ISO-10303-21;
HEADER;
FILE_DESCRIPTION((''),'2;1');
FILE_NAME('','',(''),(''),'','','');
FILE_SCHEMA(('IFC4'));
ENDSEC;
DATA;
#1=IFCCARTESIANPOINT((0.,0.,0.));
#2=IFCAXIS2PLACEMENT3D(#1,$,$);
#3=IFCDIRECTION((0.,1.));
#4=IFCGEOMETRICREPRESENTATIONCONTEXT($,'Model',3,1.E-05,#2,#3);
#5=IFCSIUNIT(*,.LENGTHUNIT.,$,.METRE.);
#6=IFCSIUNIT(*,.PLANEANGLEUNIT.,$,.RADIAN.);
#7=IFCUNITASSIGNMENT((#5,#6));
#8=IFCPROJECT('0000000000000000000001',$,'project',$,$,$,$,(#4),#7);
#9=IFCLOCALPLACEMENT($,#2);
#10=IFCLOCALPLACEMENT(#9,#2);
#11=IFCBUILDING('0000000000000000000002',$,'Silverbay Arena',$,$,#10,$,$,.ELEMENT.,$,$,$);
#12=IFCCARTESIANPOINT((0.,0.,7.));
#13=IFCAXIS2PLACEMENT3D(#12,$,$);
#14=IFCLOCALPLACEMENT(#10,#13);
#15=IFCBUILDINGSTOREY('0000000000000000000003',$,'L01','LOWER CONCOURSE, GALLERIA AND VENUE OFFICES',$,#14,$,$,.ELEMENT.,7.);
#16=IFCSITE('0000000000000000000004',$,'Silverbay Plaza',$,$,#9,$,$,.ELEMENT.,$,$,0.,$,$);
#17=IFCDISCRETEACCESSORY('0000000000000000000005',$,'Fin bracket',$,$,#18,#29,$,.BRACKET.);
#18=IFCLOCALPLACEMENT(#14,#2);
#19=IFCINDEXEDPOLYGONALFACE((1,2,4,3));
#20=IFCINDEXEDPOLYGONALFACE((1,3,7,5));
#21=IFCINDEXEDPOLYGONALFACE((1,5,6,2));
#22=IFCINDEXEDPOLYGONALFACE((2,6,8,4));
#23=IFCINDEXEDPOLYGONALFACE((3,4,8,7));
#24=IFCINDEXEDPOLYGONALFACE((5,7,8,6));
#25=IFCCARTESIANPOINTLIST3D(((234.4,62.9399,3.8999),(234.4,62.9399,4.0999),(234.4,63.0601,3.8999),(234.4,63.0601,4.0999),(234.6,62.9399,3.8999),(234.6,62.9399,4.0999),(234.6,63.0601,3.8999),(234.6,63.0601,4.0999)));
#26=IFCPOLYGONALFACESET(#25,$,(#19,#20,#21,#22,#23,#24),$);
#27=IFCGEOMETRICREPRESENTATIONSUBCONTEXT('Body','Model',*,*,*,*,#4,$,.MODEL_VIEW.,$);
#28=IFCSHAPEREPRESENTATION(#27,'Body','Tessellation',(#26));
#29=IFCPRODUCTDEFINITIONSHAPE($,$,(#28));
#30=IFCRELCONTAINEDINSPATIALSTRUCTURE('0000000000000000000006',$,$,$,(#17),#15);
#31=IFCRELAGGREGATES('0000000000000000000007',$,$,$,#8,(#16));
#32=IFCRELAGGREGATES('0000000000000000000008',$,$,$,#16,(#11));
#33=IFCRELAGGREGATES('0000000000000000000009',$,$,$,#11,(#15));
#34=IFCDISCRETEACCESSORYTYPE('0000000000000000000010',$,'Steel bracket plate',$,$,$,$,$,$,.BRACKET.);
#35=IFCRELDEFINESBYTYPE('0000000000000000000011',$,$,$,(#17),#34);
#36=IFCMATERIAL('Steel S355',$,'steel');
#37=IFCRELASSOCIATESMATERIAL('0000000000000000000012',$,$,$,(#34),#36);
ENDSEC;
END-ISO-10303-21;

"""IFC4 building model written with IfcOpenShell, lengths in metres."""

from ifc_helpers import new_model, si_unit, direction, frame, origin, origin_2d, place, context, subcontext, project, spatial, rectangle, extrude, material, type_object, element, save


model = new_model("IFC4")

# Units and contexts
model_context = context("Model", 3, precision=1e-05, world=origin(), true_north=direction((0.0, 1.0)))
body_context = subcontext(model_context, "Body", "Model", "MODEL_VIEW")
ifc_project = project(units=[si_unit("LENGTHUNIT", "METRE"), si_unit("PLANEANGLEUNIT", "RADIAN")], contexts=[model_context])

# Site, building, storey
site_placement = place(None, origin())
site = spatial("IfcSite", under=ifc_project, at=site_placement, Name="Silverbay Plaza", CompositionType="ELEMENT", RefElevation=0.0)
building_placement = place(site_placement, origin())
building = spatial("IfcBuilding", under=site, at=building_placement, Name="Silverbay Arena", CompositionType="ELEMENT")
storey_placement = place(building_placement, frame((0.0, 0.0, 7.0)))
storey = spatial("IfcBuildingStorey", under=building, at=storey_placement, Name="L01", Description="LOWER CONCOURSE, GALLERIA AND VENUE OFFICES", CompositionType="ELEMENT", Elevation=7.0)

# Discrete accessory
ifc_material_1 = material(Name="Steel S355", Category="steel")
discrete_accessory_type = type_object("IfcDiscreteAccessoryType", Name="Steel bracket plate", PredefinedType="BRACKET", material=ifc_material_1)
for number, where, z_axis, x_axis, name in (
    (1, (234.5, 63.0, 3.8999), (0.0, 0.0, 1.0), (1.0, 0.0, 0.0), "Fin bracket"),
):
    element("IfcDiscreteAccessory", number, at=place(storey_placement, frame(where, z_axis=z_axis, x_axis=x_axis)), inside=storey, type_object=discrete_accessory_type, Name=name, PredefinedType="BRACKET", context=body_context, shape_type="SweptSolid", body=[
        extrude(rectangle(XDim=0.2, YDim=0.1201, at=origin_2d()), origin(), (0.0, 0.0, 1.0), 0.2),
    ])

save(model, "model.ifc")
